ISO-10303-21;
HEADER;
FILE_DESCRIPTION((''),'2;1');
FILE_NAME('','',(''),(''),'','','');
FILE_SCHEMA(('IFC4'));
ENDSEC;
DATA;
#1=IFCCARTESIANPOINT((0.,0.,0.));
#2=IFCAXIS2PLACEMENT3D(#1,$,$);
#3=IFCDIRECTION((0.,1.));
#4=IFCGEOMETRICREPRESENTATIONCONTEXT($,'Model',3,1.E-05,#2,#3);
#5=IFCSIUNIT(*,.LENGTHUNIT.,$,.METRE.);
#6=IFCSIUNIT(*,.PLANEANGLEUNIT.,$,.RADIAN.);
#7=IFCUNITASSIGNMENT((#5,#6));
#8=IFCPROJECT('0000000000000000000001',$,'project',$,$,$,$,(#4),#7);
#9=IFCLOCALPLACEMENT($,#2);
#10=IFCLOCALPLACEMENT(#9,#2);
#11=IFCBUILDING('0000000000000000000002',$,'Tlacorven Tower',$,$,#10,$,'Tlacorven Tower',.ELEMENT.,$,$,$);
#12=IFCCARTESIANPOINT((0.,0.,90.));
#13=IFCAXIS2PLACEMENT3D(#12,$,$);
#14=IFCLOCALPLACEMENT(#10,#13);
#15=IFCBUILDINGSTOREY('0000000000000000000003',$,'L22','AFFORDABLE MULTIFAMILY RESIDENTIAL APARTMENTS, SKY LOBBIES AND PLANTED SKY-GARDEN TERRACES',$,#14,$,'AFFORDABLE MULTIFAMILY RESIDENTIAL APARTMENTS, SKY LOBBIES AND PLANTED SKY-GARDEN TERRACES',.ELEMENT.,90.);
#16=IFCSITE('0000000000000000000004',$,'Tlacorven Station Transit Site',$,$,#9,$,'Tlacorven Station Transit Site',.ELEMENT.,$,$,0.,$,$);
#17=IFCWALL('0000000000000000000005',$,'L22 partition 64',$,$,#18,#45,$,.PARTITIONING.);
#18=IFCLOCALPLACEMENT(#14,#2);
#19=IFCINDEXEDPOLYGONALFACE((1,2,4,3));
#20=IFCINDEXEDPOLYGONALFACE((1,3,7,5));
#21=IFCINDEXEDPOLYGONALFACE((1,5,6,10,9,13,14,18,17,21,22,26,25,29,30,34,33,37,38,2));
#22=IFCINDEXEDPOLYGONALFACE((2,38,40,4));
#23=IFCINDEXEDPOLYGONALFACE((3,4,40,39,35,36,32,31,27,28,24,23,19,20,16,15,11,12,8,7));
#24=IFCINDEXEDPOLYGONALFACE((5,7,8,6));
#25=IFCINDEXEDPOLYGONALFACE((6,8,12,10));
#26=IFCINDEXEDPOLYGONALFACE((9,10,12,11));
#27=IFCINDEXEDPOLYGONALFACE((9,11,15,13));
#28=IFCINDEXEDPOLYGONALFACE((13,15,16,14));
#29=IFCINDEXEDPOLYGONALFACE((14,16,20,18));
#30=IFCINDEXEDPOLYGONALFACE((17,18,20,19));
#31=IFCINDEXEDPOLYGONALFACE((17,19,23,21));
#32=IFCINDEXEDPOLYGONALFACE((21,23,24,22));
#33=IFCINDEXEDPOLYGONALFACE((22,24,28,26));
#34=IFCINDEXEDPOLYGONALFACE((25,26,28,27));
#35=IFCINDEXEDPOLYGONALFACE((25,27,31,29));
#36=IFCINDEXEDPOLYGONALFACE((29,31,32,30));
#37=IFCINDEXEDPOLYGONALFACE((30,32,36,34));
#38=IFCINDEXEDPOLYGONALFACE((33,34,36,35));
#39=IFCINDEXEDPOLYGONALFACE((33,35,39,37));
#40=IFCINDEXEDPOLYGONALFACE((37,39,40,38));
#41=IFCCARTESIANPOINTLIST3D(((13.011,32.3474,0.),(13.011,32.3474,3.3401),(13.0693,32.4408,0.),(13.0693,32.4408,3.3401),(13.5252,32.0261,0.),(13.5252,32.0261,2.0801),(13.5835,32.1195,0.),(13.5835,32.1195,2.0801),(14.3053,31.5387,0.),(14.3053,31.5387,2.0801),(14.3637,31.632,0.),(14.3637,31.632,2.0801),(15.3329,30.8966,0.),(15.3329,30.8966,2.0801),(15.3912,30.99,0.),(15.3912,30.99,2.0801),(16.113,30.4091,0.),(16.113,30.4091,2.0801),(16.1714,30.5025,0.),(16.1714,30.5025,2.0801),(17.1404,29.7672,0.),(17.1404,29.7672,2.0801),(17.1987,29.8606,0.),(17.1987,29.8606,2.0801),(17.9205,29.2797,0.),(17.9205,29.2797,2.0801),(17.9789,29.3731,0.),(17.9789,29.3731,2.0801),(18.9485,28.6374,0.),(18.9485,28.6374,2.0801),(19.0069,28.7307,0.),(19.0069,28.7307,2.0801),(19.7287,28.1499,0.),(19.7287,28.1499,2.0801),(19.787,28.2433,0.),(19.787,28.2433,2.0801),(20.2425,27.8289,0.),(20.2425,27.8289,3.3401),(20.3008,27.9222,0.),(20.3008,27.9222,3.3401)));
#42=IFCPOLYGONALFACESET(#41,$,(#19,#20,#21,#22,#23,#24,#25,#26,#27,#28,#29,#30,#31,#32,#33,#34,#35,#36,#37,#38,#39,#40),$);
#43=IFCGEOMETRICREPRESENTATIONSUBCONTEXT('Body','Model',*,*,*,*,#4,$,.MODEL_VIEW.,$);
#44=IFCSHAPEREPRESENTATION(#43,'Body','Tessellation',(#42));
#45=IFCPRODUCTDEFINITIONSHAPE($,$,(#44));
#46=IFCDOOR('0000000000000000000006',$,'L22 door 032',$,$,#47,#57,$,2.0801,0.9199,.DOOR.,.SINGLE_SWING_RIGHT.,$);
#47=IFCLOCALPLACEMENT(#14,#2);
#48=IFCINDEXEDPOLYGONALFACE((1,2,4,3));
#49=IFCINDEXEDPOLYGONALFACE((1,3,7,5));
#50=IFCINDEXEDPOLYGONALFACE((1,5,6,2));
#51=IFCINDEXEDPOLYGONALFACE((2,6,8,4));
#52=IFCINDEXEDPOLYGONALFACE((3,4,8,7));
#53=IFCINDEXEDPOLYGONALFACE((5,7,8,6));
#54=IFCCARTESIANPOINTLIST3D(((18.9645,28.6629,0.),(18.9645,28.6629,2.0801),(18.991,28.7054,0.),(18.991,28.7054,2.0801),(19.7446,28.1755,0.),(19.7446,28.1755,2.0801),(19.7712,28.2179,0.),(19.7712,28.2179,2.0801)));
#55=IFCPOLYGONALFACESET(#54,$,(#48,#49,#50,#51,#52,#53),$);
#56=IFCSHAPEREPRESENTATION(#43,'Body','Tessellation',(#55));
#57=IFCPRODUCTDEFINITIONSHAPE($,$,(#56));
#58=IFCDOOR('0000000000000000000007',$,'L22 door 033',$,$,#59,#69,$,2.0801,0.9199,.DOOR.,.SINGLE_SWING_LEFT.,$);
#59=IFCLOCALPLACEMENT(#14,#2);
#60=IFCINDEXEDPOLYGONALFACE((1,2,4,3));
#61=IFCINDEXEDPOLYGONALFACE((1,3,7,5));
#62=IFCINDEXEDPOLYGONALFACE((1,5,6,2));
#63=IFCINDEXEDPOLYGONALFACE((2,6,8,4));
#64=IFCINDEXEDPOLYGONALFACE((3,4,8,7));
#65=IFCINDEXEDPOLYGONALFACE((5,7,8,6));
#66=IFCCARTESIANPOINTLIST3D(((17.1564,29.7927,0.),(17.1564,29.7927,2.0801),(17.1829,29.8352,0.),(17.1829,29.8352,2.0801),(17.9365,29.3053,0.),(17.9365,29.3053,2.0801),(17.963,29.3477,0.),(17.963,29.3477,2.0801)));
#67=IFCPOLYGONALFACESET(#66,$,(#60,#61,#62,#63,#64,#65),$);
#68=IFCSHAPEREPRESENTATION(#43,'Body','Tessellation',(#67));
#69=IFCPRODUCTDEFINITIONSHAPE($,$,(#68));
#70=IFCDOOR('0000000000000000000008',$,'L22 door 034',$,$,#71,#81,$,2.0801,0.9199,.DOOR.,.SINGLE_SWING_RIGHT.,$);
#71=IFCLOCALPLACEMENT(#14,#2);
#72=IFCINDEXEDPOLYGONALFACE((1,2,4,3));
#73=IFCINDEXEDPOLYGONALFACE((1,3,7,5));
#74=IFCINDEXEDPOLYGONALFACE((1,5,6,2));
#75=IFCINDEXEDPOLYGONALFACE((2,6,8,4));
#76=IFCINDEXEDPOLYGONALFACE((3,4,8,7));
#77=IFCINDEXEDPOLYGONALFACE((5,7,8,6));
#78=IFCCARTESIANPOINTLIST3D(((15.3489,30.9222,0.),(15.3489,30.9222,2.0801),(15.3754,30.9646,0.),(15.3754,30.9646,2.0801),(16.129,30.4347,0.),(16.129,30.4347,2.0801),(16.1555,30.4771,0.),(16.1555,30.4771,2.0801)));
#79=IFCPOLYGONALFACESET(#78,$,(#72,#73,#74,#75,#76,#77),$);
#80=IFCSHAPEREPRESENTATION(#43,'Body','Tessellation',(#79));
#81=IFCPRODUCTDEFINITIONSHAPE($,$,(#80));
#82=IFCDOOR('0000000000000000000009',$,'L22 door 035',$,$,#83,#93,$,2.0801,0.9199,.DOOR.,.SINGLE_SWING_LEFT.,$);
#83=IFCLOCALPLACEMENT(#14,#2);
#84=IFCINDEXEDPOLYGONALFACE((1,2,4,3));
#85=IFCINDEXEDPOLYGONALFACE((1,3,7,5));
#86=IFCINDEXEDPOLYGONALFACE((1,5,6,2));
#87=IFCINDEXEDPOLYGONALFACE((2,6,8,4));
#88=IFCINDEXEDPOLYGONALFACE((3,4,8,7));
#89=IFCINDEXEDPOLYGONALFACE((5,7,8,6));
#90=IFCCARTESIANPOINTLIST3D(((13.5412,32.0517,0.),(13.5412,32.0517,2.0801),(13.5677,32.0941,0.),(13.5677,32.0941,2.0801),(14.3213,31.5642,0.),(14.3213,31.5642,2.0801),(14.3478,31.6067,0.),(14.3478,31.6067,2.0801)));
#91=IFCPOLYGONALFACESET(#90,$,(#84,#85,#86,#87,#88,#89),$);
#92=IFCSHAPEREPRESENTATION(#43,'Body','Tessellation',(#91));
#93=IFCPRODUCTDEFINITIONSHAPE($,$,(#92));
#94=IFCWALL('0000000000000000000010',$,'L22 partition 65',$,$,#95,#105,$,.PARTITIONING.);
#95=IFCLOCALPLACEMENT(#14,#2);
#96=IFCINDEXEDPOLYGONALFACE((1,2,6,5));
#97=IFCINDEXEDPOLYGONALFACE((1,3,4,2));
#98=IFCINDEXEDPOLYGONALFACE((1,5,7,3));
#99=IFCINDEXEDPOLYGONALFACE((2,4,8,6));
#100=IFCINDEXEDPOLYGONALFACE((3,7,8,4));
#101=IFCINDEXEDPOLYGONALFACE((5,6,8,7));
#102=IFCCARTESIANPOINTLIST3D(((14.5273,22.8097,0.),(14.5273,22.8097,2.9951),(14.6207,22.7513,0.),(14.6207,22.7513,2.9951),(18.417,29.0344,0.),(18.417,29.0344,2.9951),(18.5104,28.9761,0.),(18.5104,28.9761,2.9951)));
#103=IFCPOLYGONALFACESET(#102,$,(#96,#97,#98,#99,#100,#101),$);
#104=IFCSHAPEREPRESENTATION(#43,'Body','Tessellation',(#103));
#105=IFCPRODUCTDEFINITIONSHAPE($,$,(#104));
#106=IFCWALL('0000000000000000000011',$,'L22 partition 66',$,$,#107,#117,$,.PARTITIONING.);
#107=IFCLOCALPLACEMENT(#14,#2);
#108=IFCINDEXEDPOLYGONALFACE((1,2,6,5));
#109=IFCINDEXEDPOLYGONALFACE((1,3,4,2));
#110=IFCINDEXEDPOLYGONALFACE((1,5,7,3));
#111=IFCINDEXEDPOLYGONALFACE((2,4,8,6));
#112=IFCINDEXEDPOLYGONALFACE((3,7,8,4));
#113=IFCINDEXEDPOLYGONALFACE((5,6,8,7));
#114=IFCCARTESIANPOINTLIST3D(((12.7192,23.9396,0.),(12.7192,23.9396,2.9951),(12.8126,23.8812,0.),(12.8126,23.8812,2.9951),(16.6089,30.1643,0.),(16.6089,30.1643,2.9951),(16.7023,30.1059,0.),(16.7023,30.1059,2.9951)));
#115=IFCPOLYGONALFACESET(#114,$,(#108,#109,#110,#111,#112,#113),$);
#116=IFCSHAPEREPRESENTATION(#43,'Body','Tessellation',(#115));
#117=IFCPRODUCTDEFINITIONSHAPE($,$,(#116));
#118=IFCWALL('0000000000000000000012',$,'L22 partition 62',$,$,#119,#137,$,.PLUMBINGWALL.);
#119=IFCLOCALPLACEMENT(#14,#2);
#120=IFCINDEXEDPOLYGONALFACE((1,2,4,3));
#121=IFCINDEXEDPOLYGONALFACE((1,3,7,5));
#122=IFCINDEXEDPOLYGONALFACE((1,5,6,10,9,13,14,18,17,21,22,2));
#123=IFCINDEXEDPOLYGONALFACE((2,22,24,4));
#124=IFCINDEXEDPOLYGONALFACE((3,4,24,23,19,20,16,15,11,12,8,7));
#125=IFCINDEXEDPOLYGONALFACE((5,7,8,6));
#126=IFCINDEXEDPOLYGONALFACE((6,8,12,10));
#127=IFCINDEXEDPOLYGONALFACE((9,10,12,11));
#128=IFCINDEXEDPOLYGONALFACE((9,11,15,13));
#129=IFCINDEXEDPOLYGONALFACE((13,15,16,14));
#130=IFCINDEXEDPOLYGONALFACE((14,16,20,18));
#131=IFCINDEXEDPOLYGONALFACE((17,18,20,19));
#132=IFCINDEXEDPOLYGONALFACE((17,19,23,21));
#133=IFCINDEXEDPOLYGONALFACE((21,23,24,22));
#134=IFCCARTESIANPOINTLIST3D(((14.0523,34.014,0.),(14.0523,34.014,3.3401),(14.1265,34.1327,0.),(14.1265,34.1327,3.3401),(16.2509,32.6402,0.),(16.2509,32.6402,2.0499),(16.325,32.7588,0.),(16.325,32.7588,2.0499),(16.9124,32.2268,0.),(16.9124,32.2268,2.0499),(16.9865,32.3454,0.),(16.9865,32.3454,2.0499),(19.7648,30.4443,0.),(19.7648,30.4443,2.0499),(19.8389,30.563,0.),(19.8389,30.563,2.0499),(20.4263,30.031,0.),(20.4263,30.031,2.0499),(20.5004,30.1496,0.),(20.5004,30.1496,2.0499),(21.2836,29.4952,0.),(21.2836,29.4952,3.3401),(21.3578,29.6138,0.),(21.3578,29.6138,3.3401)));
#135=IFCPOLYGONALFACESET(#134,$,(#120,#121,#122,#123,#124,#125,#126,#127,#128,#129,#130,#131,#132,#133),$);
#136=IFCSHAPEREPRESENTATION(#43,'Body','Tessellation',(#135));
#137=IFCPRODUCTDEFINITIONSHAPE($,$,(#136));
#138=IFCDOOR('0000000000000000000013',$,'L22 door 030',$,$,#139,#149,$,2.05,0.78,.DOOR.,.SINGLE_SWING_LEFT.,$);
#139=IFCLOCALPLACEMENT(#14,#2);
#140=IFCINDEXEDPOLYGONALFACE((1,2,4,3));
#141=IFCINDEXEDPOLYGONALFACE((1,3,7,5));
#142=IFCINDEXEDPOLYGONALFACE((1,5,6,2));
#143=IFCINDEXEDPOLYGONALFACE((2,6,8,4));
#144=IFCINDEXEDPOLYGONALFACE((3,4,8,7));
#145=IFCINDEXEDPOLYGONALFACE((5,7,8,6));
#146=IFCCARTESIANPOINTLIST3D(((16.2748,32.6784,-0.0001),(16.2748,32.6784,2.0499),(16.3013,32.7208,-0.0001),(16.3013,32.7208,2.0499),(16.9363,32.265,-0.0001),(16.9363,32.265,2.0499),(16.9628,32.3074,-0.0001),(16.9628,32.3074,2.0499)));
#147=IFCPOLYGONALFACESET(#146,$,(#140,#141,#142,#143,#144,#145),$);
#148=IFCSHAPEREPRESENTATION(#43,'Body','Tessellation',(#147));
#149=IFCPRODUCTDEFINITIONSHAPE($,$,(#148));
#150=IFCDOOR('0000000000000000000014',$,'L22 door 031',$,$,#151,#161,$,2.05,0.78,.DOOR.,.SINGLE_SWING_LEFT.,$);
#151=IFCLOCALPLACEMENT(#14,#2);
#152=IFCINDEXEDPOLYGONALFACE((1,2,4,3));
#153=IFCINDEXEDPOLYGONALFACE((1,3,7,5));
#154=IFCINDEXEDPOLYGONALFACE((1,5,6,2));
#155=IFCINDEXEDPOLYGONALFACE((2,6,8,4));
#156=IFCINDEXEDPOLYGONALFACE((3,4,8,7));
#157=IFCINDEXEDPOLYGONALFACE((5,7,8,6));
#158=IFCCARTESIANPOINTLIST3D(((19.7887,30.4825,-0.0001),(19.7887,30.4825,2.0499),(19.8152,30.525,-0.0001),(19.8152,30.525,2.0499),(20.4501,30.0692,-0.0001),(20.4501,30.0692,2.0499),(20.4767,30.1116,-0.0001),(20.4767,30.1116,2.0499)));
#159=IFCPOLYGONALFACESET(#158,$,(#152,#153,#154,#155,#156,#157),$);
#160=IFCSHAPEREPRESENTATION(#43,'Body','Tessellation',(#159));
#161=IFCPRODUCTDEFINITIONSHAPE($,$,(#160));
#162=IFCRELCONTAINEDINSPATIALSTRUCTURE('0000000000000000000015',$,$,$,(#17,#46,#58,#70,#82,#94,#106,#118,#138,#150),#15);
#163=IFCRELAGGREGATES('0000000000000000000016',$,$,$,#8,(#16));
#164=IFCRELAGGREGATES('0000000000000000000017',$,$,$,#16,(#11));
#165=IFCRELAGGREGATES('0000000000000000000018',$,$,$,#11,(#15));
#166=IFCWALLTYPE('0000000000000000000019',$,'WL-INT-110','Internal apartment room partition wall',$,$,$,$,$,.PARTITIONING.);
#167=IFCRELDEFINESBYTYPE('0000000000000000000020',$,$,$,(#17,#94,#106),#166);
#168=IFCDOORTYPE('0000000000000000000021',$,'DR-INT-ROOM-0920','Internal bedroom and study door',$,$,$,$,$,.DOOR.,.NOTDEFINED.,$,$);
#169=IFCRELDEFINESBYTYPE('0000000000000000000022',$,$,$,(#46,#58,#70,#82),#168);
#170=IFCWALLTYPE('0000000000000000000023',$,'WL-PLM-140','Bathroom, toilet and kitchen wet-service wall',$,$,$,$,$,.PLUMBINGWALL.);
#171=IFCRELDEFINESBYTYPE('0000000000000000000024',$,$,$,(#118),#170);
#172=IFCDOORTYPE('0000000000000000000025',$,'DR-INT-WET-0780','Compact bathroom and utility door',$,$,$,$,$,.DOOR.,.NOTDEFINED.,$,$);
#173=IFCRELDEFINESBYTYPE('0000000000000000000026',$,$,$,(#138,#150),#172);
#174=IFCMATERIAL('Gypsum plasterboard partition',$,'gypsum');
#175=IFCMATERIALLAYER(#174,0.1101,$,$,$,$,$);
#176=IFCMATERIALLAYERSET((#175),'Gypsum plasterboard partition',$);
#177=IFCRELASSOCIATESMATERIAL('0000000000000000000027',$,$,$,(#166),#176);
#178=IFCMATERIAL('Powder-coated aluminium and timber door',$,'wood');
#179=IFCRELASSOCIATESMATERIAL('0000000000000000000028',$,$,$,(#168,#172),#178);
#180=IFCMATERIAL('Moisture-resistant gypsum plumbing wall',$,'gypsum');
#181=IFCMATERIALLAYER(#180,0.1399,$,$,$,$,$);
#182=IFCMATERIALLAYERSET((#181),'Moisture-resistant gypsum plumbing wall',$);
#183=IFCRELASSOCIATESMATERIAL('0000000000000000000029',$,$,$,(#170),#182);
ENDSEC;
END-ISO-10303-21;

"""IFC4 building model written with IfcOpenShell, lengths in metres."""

from ifc_helpers import new_model, si_unit, direction, frame, frame_2d, origin, place, context, subcontext, project, spatial, rectangle, extrude, source, transform, mapped, material, layer, layer_set, type_object, element, fill, save


model = new_model("IFC4")

# Units and contexts
model_context = context("Model", 3, precision=1e-05, world=origin(), true_north=direction((0.0, 1.0)))
body_context = subcontext(model_context, "Body", "Model", "MODEL_VIEW")
ifc_project = project(units=[si_unit("LENGTHUNIT", "METRE"), si_unit("PLANEANGLEUNIT", "RADIAN")], contexts=[model_context])

# Site, building, storey
site_placement = place(None, origin())
site = spatial("IfcSite", under=ifc_project, at=site_placement, Name="Tlacorven Station Transit Site", LongName="Tlacorven Station Transit Site", CompositionType="ELEMENT", RefElevation=0.0)
building_placement = place(site_placement, origin())
building = spatial("IfcBuilding", under=site, at=building_placement, Name="Tlacorven Tower", LongName="Tlacorven Tower", CompositionType="ELEMENT")
storey_placement = place(building_placement, frame((0.0, 0.0, 90.0)))
storey = spatial("IfcBuildingStorey", under=building, at=storey_placement, Name="L22", Description="AFFORDABLE MULTIFAMILY RESIDENTIAL APARTMENTS, SKY LOBBIES AND PLANTED SKY-GARDEN TERRACES", LongName="AFFORDABLE MULTIFAMILY RESIDENTIAL APARTMENTS, SKY LOBBIES AND PLANTED SKY-GARDEN TERRACES", CompositionType="ELEMENT", Elevation=90.0)

# Wall, openings, doors
ifc_material_1 = material(Name="Gypsum plasterboard partition", Category="gypsum")
ifc_layer_1 = layer(ifc_material_1, 0.1101)
ifc_layer_set_1 = layer_set([ifc_layer_1], Name="Gypsum plasterboard partition")
wall_type_1 = type_object("IfcWallType", Name="WL-INT-110", Description="Internal apartment room partition wall", PredefinedType="PARTITIONING", material=ifc_layer_set_1)
wall_1_placement = place(storey_placement, frame((20.2717, 27.8755, 0.0), z_axis=(0.0, 0.0, 1.0), x_axis=(-0.848056, 0.529906, 0.0)))
wall_1 = element("IfcWall", 1, at=wall_1_placement, inside=storey, type_object=wall_type_1, Name="L22 partition 64", PredefinedType="PARTITIONING", context=body_context, shape_type="SweptSolid", body=[
    extrude(rectangle(XDim=8.5271, YDim=0.1101, at=frame_2d((4.2637, 0.0))), origin(), (0.0, 0.0, 1.0), 3.3401),
])
opening_1_placement = place(wall_1_placement, frame((0.606, 0.0, 0.0)))
opening_1 = element("IfcOpeningElement", 2, at=opening_1_placement, cuts=wall_1, PredefinedType="OPENING", context=body_context, shape_type="SweptSolid", body=[
    extrude(rectangle(XDim=0.9199, YDim=2.0801, at=frame_2d((0.46, 1.04))), frame((0.0, 0.0649, 0.0), z_axis=(0.0, -1.0, 0.0), x_axis=(1.0, 0.0, 0.0)), (0.0, 0.0, 1.0), 0.1301),
])
opening_2_placement = place(wall_1_placement, frame((2.738, 0.0, 0.0)))
opening_2 = element("IfcOpeningElement", 3, at=opening_2_placement, cuts=wall_1, PredefinedType="OPENING", context=body_context, shape_type="SweptSolid", body=[
    extrude(rectangle(XDim=0.9199, YDim=2.0801, at=frame_2d((0.46, 1.04))), frame((0.0, 0.0649, 0.0), z_axis=(0.0, -1.0, 0.0), x_axis=(1.0, 0.0, 0.0)), (0.0, 0.0, 1.0), 0.1301),
])
opening_3_placement = place(wall_1_placement, frame((4.8694, 0.0, 0.0)))
opening_3 = element("IfcOpeningElement", 4, at=opening_3_placement, cuts=wall_1, PredefinedType="OPENING", context=body_context, shape_type="SweptSolid", body=[
    extrude(rectangle(XDim=0.9199, YDim=2.0801, at=frame_2d((0.46, 1.04))), frame((0.0, 0.0649, 0.0), z_axis=(0.0, -1.0, 0.0), x_axis=(1.0, 0.0, 0.0)), (0.0, 0.0, 1.0), 0.1301),
])
opening_4_placement = place(wall_1_placement, frame((7.001, 0.0, 0.0)))
opening_4 = element("IfcOpeningElement", 5, at=opening_4_placement, cuts=wall_1, PredefinedType="OPENING", context=body_context, shape_type="SweptSolid", body=[
    extrude(rectangle(XDim=0.9199, YDim=2.0801, at=frame_2d((0.46, 1.04))), frame((0.0, 0.0649, 0.0), z_axis=(0.0, -1.0, 0.0), x_axis=(1.0, 0.0, 0.0)), (0.0, 0.0, 1.0), 0.1301),
])
ifc_material_2 = material(Name="Powder-coated aluminium and timber door", Category="wood")
door_type_1 = type_object("IfcDoorType", Name="DR-INT-ROOM-0920", Description="Internal bedroom and study door", OperationType="NOTDEFINED", PredefinedType="DOOR", material=ifc_material_2)
shared_shape_1 = source(origin(), body_context, "Body", "SweptSolid", [
    extrude(rectangle(XDim=0.9199, YDim=2.0801, at=frame_2d((0.46, 1.04))), frame((0.0, 0.0249, 0.0), z_axis=(0.0, -1.0, 0.0), x_axis=(1.0, 0.0, 0.0)), (0.0, 0.0, 1.0), 0.05),
])
door_1_placement = place(opening_1_placement, origin())
door_1 = element("IfcDoor", 6, at=door_1_placement, inside=storey, type_object=door_type_1, Name="L22 door 032", OperationType="SINGLE_SWING_RIGHT", OverallHeight=2.0801, OverallWidth=0.9199, PredefinedType="DOOR", context=body_context, shape_type="MappedRepresentation", body=[
    mapped(shared_shape_1, transform((0.0, 0.0, 0.0), scale=1.0)),
])
fill(opening_1, door_1)
door_2_placement = place(opening_2_placement, origin())
door_2 = element("IfcDoor", 7, at=door_2_placement, inside=storey, type_object=door_type_1, Name="L22 door 033", OperationType="SINGLE_SWING_LEFT", OverallHeight=2.0801, OverallWidth=0.9199, PredefinedType="DOOR", context=body_context, shape_type="MappedRepresentation", body=[
    mapped(shared_shape_1, transform((0.0, 0.0, 0.0), scale=1.0)),
])
fill(opening_2, door_2)
door_3_placement = place(opening_3_placement, origin())
door_3 = element("IfcDoor", 8, at=door_3_placement, inside=storey, type_object=door_type_1, Name="L22 door 034", OperationType="SINGLE_SWING_RIGHT", OverallHeight=2.0801, OverallWidth=0.9199, PredefinedType="DOOR", context=body_context, shape_type="MappedRepresentation", body=[
    mapped(shared_shape_1, transform((0.0, 0.0, 0.0), scale=1.0)),
])
fill(opening_3, door_3)
door_4_placement = place(opening_4_placement, origin())
door_4 = element("IfcDoor", 9, at=door_4_placement, inside=storey, type_object=door_type_1, Name="L22 door 035", OperationType="SINGLE_SWING_LEFT", OverallHeight=2.0801, OverallWidth=0.9199, PredefinedType="DOOR", context=body_context, shape_type="MappedRepresentation", body=[
    mapped(shared_shape_1, transform((0.0, 0.0, 0.0), scale=1.0)),
])
fill(opening_4, door_4)

# Walls
for number, where, z_axis, x_axis, name in (
    (10, (18.4636, 29.0051, 0.0), (0.0, 0.0, 1.0), (-0.529927, -0.848043, 0.0), "L22 partition 65"),
    (11, (16.6555, 30.135, 0.0), (0.0, 0.0, 1.0), (-0.529927, -0.848043, 0.0), "L22 partition 66"),
):
    element("IfcWall", number, at=place(storey_placement, frame(where, z_axis=z_axis, x_axis=x_axis)), inside=storey, type_object=wall_type_1, Name=name, PredefinedType="PARTITIONING", context=body_context, shape_type="SweptSolid", body=[
        extrude(rectangle(XDim=7.3401, YDim=0.1101, at=frame_2d((3.6699, 0.0))), origin(), (0.0, 0.0, 1.0), 2.9951),
    ])

# Wall, openings, doors
ifc_material_3 = material(Name="Moisture-resistant gypsum plumbing wall", Category="gypsum")
ifc_layer_2 = layer(ifc_material_3, 0.1399)
ifc_layer_set_2 = layer_set([ifc_layer_2], Name="Moisture-resistant gypsum plumbing wall")
wall_type_2 = type_object("IfcWallType", Name="WL-PLM-140", Description="Bathroom, toilet and kitchen wet-service wall", PredefinedType="PLUMBINGWALL", material=ifc_layer_set_2)
wall_2_placement = place(storey_placement, frame((21.3208, 29.5544, 0.0), z_axis=(0.0, 0.0, 1.0), x_axis=(-0.848035, 0.52994, 0.0)))
wall_2 = element("IfcWall", 12, at=wall_2_placement, inside=storey, type_object=wall_type_2, Name="L22 partition 62", PredefinedType="PLUMBINGWALL", context=body_context, shape_type="SweptSolid", body=[
    extrude(rectangle(XDim=8.5271, YDim=0.1399, at=frame_2d((4.2637, 0.0))), origin(), (0.0, 0.0, 1.0), 3.3401),
])
opening_5_placement = place(wall_2_placement, frame((5.1545, 0.0, 0.0)))
opening_5 = element("IfcOpeningElement", 13, at=opening_5_placement, cuts=wall_2, PredefinedType="OPENING", context=body_context, shape_type="SweptSolid", body=[
    extrude(rectangle(XDim=0.78, YDim=2.05, at=frame_2d((0.3901, 1.0249))), frame((0.0, 0.0801, 0.0), z_axis=(0.0, -1.0, 0.0), x_axis=(1.0, 0.0, 0.0)), (0.0, 0.0, 1.0), 0.1599),
])
opening_6_placement = place(wall_2_placement, frame((1.011, 0.0, 0.0)))
opening_6 = element("IfcOpeningElement", 14, at=opening_6_placement, cuts=wall_2, PredefinedType="OPENING", context=body_context, shape_type="SweptSolid", body=[
    extrude(rectangle(XDim=0.78, YDim=2.05, at=frame_2d((0.3901, 1.0249))), frame((0.0, 0.0801, 0.0), z_axis=(0.0, -1.0, 0.0), x_axis=(1.0, 0.0, 0.0)), (0.0, 0.0, 1.0), 0.1599),
])
door_type_2 = type_object("IfcDoorType", Name="DR-INT-WET-0780", Description="Compact bathroom and utility door", OperationType="NOTDEFINED", PredefinedType="DOOR", material=ifc_material_2)
shared_shape_2 = source(origin(), body_context, "Body", "SweptSolid", [
    extrude(rectangle(XDim=0.78, YDim=2.05, at=frame_2d((0.3901, 1.0249))), frame((0.0, 0.0249, 0.0), z_axis=(0.0, -1.0, 0.0), x_axis=(1.0, 0.0, 0.0)), (0.0, 0.0, 1.0), 0.05),
])
door_5_placement = place(opening_5_placement, origin())
door_5 = element("IfcDoor", 15, at=door_5_placement, inside=storey, type_object=door_type_2, Name="L22 door 030", OperationType="SINGLE_SWING_LEFT", OverallHeight=2.05, OverallWidth=0.78, PredefinedType="DOOR", context=body_context, shape_type="MappedRepresentation", body=[
    mapped(shared_shape_2, transform((0.0, 0.0, 0.0), scale=1.0)),
])
fill(opening_5, door_5)
door_6_placement = place(opening_6_placement, origin())
door_6 = element("IfcDoor", 16, at=door_6_placement, inside=storey, type_object=door_type_2, Name="L22 door 031", OperationType="SINGLE_SWING_LEFT", OverallHeight=2.05, OverallWidth=0.78, PredefinedType="DOOR", context=body_context, shape_type="MappedRepresentation", body=[
    mapped(shared_shape_2, transform((0.0, 0.0, 0.0), scale=1.0)),
])
fill(opening_6, door_6)

save(model, "model.ifc")
